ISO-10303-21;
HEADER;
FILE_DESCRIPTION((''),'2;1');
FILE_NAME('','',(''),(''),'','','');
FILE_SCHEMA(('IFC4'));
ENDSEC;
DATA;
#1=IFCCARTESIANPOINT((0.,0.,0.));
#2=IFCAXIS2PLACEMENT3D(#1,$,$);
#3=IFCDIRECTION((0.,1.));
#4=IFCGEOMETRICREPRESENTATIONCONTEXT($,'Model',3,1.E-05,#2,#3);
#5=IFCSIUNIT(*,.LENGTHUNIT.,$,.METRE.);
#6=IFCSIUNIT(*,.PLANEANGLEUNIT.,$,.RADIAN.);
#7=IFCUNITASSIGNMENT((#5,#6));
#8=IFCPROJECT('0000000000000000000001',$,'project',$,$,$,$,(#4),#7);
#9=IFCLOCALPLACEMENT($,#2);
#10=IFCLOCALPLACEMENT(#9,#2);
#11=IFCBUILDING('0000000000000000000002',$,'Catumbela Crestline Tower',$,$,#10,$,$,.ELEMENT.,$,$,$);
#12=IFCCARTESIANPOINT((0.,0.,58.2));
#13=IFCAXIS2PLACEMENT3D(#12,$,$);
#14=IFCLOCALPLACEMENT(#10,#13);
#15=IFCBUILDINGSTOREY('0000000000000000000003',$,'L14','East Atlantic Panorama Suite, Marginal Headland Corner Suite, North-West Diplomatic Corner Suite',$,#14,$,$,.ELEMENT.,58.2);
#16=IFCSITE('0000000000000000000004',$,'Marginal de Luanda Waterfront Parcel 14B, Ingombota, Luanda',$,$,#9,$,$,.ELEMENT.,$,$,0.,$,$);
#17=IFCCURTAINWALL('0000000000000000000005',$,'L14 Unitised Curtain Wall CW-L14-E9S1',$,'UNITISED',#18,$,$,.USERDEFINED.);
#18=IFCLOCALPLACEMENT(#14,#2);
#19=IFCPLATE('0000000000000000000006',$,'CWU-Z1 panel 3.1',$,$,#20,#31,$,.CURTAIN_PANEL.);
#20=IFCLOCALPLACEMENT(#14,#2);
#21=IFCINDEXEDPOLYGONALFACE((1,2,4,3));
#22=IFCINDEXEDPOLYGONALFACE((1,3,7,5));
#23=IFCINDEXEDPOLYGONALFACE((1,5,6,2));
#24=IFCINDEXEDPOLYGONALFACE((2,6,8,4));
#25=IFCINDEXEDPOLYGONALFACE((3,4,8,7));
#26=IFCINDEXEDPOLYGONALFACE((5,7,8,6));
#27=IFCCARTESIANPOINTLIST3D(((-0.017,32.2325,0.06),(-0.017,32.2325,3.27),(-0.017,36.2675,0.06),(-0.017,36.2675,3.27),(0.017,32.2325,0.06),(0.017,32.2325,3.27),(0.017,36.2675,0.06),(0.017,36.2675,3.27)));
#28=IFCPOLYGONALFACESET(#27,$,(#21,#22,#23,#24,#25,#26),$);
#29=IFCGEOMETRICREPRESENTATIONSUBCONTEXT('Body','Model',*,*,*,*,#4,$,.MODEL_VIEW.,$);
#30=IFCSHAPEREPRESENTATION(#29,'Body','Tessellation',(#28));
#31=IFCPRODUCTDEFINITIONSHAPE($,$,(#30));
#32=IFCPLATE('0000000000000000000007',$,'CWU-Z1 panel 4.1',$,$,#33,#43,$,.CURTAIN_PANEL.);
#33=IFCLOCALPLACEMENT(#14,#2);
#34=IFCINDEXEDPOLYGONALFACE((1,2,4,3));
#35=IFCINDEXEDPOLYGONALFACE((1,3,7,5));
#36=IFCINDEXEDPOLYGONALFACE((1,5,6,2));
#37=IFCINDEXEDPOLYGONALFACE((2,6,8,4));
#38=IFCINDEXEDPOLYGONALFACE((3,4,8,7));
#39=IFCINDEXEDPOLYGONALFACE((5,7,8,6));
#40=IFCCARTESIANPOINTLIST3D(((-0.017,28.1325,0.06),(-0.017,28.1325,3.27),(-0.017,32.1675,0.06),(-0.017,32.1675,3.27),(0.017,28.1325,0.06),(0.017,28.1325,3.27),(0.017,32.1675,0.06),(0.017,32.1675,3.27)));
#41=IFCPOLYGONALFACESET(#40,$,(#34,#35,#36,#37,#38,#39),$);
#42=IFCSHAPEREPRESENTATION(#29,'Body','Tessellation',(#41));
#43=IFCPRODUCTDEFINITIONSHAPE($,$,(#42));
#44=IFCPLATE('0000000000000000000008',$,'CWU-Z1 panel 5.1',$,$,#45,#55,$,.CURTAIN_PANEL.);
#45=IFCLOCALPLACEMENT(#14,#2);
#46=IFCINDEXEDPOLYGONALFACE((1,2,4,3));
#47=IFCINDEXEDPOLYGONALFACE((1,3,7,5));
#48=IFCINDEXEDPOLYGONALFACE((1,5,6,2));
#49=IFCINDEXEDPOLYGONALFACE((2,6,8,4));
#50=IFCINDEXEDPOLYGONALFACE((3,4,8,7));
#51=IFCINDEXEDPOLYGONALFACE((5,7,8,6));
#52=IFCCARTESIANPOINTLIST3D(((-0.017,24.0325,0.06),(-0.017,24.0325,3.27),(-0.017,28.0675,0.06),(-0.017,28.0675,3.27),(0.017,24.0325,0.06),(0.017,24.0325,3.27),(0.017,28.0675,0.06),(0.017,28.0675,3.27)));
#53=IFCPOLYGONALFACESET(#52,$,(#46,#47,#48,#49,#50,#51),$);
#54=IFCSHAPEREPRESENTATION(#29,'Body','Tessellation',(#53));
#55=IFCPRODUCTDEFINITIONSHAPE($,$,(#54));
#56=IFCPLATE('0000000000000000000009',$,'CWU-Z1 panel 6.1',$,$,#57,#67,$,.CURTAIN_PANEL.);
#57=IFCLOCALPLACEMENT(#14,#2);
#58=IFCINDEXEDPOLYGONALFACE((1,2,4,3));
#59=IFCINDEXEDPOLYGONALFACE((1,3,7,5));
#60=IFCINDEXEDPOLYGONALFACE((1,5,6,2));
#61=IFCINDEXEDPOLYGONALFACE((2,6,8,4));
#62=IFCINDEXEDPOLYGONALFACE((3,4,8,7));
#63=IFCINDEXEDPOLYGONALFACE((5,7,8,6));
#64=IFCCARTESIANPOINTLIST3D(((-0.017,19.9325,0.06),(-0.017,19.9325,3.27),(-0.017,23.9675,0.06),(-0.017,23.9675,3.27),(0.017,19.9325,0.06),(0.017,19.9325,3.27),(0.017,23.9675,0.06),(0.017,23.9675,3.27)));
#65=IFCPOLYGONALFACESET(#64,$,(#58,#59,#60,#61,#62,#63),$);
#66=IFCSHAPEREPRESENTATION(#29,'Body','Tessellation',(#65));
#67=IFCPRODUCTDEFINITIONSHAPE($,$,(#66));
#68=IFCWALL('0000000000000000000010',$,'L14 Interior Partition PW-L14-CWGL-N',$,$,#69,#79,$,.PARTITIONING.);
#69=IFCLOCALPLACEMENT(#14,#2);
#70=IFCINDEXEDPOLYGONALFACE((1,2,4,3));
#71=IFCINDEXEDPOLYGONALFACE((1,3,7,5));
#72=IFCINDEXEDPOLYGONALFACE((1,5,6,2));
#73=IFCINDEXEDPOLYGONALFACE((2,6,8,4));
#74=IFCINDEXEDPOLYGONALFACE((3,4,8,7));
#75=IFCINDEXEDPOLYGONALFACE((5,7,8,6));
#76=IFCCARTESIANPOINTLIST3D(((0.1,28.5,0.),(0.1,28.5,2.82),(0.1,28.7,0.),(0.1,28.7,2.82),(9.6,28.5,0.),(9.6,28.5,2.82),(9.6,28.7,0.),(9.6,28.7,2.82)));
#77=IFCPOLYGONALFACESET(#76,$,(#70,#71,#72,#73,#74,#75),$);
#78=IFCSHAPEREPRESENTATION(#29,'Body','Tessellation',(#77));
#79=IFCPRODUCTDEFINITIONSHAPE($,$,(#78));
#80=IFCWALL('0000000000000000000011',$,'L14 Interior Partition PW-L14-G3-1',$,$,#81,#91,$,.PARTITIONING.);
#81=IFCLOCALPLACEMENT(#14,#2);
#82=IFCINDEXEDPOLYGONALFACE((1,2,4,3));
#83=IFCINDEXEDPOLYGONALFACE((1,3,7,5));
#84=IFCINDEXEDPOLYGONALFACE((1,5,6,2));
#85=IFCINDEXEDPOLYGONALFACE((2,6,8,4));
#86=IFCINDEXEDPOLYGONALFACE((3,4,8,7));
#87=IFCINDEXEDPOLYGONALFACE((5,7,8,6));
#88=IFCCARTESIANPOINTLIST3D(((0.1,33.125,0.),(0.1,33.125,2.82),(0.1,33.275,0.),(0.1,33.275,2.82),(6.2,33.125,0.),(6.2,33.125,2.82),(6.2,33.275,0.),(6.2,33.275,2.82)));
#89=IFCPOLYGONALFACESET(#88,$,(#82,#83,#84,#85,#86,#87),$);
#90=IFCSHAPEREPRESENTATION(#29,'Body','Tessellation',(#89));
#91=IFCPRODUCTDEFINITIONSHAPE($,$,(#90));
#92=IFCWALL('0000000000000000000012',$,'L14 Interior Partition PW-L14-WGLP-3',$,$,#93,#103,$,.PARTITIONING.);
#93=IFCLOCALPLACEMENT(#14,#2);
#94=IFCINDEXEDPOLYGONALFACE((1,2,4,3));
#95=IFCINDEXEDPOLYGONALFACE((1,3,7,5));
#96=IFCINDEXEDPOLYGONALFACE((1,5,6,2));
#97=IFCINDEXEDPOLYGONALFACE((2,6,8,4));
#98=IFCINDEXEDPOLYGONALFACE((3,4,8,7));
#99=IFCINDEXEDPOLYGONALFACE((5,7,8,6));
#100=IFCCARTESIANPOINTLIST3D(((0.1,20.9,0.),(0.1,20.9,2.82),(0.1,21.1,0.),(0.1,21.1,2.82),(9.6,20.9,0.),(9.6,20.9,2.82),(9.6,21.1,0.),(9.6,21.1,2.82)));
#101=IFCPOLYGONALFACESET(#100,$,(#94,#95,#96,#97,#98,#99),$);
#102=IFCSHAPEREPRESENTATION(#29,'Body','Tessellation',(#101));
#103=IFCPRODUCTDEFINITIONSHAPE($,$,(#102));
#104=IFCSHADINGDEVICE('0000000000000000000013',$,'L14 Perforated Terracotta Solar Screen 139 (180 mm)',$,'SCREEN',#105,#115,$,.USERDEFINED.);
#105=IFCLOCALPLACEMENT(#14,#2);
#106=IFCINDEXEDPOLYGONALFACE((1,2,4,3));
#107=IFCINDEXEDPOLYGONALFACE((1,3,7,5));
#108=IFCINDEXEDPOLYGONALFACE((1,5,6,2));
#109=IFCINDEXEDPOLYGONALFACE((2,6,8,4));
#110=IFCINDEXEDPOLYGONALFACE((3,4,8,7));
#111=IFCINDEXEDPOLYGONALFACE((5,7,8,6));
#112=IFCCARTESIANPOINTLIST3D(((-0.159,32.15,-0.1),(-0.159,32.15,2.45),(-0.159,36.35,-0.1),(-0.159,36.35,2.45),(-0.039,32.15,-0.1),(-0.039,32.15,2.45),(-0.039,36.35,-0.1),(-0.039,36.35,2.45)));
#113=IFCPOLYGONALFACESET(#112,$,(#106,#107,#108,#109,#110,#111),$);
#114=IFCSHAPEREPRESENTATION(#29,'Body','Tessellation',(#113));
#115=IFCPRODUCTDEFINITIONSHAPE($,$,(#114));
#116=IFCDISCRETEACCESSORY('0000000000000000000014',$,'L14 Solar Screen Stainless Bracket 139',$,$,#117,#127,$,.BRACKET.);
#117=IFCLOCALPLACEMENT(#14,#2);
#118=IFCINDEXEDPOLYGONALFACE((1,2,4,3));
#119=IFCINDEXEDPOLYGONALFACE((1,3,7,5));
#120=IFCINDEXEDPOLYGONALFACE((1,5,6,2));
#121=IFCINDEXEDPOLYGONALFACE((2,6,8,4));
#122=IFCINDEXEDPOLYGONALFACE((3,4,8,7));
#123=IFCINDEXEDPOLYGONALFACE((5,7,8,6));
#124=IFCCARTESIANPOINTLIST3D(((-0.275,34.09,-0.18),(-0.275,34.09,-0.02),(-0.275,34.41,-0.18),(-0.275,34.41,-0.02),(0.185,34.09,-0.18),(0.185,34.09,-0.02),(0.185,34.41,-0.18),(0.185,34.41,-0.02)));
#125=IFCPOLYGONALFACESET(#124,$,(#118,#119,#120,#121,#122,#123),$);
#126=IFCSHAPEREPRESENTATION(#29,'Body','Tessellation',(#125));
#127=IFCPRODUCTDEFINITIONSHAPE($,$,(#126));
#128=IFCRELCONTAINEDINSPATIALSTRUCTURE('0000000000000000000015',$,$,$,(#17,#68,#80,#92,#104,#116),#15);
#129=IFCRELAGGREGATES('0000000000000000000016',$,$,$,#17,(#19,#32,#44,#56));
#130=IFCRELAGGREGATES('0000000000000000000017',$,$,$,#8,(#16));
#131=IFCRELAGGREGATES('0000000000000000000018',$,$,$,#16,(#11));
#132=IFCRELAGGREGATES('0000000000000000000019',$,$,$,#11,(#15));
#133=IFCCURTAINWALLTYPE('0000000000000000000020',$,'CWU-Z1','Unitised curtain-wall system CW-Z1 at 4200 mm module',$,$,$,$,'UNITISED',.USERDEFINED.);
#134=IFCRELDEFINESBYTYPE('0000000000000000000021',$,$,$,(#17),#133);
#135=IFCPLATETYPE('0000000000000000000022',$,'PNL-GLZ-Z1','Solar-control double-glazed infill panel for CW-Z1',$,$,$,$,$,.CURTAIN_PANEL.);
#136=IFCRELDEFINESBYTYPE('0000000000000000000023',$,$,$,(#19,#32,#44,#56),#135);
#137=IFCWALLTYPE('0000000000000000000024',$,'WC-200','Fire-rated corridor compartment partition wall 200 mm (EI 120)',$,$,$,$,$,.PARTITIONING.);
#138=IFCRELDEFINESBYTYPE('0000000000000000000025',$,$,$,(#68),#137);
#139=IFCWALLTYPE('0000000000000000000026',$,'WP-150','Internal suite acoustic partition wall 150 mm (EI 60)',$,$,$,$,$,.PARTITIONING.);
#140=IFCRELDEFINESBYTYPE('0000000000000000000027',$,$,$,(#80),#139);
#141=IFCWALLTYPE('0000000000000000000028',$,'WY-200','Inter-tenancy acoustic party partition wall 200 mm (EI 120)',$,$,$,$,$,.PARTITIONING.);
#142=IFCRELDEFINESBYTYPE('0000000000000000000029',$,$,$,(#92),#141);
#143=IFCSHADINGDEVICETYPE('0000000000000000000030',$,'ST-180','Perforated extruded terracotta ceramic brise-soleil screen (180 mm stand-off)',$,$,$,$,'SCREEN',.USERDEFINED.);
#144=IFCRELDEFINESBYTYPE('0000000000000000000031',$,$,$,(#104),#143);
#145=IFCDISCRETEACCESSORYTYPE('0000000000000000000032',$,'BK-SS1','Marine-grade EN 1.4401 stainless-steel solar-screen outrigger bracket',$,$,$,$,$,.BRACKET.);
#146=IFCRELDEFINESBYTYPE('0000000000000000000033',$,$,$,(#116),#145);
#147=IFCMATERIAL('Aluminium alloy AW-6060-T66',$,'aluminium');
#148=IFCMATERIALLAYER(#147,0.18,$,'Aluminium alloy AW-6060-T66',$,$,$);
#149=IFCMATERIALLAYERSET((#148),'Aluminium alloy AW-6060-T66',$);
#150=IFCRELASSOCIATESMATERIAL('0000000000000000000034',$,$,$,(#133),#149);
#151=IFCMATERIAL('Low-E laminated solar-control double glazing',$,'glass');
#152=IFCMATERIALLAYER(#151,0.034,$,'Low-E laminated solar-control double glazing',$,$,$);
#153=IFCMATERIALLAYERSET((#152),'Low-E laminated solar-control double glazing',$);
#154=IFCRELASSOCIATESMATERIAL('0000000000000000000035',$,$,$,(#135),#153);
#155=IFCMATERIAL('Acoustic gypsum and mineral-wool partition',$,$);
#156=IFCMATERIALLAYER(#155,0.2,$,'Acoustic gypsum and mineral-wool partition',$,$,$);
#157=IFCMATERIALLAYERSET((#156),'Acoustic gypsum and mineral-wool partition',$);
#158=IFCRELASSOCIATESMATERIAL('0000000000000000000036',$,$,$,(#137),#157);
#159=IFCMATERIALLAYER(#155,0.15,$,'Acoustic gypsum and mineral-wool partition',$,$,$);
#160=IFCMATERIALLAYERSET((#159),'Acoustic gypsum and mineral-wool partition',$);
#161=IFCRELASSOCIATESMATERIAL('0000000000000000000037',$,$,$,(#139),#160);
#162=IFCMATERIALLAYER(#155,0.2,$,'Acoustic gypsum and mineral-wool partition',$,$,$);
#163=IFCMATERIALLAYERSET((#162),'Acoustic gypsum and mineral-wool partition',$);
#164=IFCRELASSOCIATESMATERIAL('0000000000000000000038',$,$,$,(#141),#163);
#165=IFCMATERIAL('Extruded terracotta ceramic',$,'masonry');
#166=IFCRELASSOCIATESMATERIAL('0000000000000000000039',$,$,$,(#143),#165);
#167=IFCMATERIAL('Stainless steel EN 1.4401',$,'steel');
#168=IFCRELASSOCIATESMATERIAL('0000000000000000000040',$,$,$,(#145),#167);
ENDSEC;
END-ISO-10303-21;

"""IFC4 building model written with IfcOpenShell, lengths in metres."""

from ifc_helpers import new_model, si_unit, direction, frame, frame_2d, origin, origin_2d, place, context, subcontext, project, spatial, rectangle, extrude, material, layer, layer_set, type_object, element, aggregate, save


model = new_model("IFC4")

# Units and contexts
model_context = context("Model", 3, precision=1e-05, world=origin(), true_north=direction((0.0, 1.0)))
body_context = subcontext(model_context, "Body", "Model", "MODEL_VIEW")
ifc_project = project(units=[si_unit("LENGTHUNIT", "METRE"), si_unit("PLANEANGLEUNIT", "RADIAN")], contexts=[model_context])

# Site, building, storey
site_placement = place(None, origin())
site = spatial("IfcSite", under=ifc_project, at=site_placement, Name="Marginal de Luanda Waterfront Parcel 14B, Ingombota, Luanda", CompositionType="ELEMENT", RefElevation=0.0)
building_placement = place(site_placement, origin())
building = spatial("IfcBuilding", under=site, at=building_placement, Name="Catumbela Crestline Tower", CompositionType="ELEMENT")
storey_placement = place(building_placement, frame((0.0, 0.0, 58.2)))
storey = spatial("IfcBuildingStorey", under=building, at=storey_placement, Name="L14", Description="East Atlantic Panorama Suite, Marginal Headland Corner Suite, North-West Diplomatic Corner Suite", CompositionType="ELEMENT", Elevation=58.2)

# Curtain wall
ifc_material_1 = material(Name="Aluminium alloy AW-6060-T66", Category="aluminium")
ifc_layer_1 = layer(ifc_material_1, 0.18, Name="Aluminium alloy AW-6060-T66")
ifc_layer_set_1 = layer_set([ifc_layer_1], Name="Aluminium alloy AW-6060-T66")
curtain_wall_type = type_object("IfcCurtainWallType", Name="CWU-Z1", Description="Unitised curtain-wall system CW-Z1 at 4200 mm module", ElementType="UNITISED", PredefinedType="USERDEFINED", material=ifc_layer_set_1)
curtain_wall_placement = place(storey_placement, origin())
curtain_wall = element("IfcCurtainWall", 1, at=curtain_wall_placement, inside=storey, type_object=curtain_wall_type, Name="L14 Unitised Curtain Wall CW-L14-E9S1", ObjectType="UNITISED", PredefinedType="USERDEFINED")

# Plates
ifc_material_2 = material(Name="Low-E laminated solar-control double glazing", Category="glass")
ifc_layer_2 = layer(ifc_material_2, 0.034, Name="Low-E laminated solar-control double glazing")
ifc_layer_set_2 = layer_set([ifc_layer_2], Name="Low-E laminated solar-control double glazing")
plate_type = type_object("IfcPlateType", Name="PNL-GLZ-Z1", Description="Solar-control double-glazed infill panel for CW-Z1", PredefinedType="CURTAIN_PANEL", material=ifc_layer_set_2)
plate_1_placement = place(storey_placement, frame((0.0, 34.25, 0.06), z_axis=(0.0, 0.0, 1.0), x_axis=(0.0, -1.0, 0.0)))
plate_1 = element("IfcPlate", 2, at=plate_1_placement, type_object=plate_type, Name="CWU-Z1 panel 3.1", PredefinedType="CURTAIN_PANEL", context=body_context, shape_type="SweptSolid", body=[
    extrude(rectangle(XDim=4.035, YDim=0.034, at=origin_2d()), origin(), (0.0, 0.0, 1.0), 3.21),
])
plate_2_placement = place(storey_placement, frame((0.0, 30.15, 0.06), z_axis=(0.0, 0.0, 1.0), x_axis=(0.0, -1.0, 0.0)))
plate_2 = element("IfcPlate", 3, at=plate_2_placement, type_object=plate_type, Name="CWU-Z1 panel 4.1", PredefinedType="CURTAIN_PANEL", context=body_context, shape_type="SweptSolid", body=[
    extrude(rectangle(XDim=4.035, YDim=0.034, at=origin_2d()), origin(), (0.0, 0.0, 1.0), 3.21),
])
plate_3_placement = place(storey_placement, frame((0.0, 26.05, 0.06), z_axis=(0.0, 0.0, 1.0), x_axis=(0.0, -1.0, 0.0)))
plate_3 = element("IfcPlate", 4, at=plate_3_placement, type_object=plate_type, Name="CWU-Z1 panel 5.1", PredefinedType="CURTAIN_PANEL", context=body_context, shape_type="SweptSolid", body=[
    extrude(rectangle(XDim=4.035, YDim=0.034, at=origin_2d()), origin(), (0.0, 0.0, 1.0), 3.21),
])
plate_4_placement = place(storey_placement, frame((0.0, 21.95, 0.06), z_axis=(0.0, 0.0, 1.0), x_axis=(0.0, -1.0, 0.0)))
plate_4 = element("IfcPlate", 5, at=plate_4_placement, type_object=plate_type, Name="CWU-Z1 panel 6.1", PredefinedType="CURTAIN_PANEL", context=body_context, shape_type="SweptSolid", body=[
    extrude(rectangle(XDim=4.035, YDim=0.034, at=origin_2d()), origin(), (0.0, 0.0, 1.0), 3.21),
])
aggregate(curtain_wall, [plate_1, plate_2, plate_3, plate_4])

# Walls
ifc_material_3 = material(Name="Acoustic gypsum and mineral-wool partition")
ifc_layer_3 = layer(ifc_material_3, 0.2, Name="Acoustic gypsum and mineral-wool partition")
ifc_layer_set_3 = layer_set([ifc_layer_3], Name="Acoustic gypsum and mineral-wool partition")
wall_type_1 = type_object("IfcWallType", Name="WC-200", Description="Fire-rated corridor compartment partition wall 200 mm (EI 120)", PredefinedType="PARTITIONING", material=ifc_layer_set_3)
wall_1_placement = place(storey_placement, frame((0.1, 28.6, 0.0), z_axis=(0.0, 0.0, 1.0), x_axis=(1.0, 0.0, 0.0)))
element("IfcWall", 6, at=wall_1_placement, inside=storey, type_object=wall_type_1, Name="L14 Interior Partition PW-L14-CWGL-N", PredefinedType="PARTITIONING", context=body_context, shape_type="SweptSolid", body=[
    extrude(rectangle(XDim=9.5, YDim=0.2, at=frame_2d((4.75, 0.0))), origin(), (0.0, 0.0, 1.0), 2.82),
])
ifc_layer_4 = layer(ifc_material_3, 0.15, Name="Acoustic gypsum and mineral-wool partition")
ifc_layer_set_4 = layer_set([ifc_layer_4], Name="Acoustic gypsum and mineral-wool partition")
wall_type_2 = type_object("IfcWallType", Name="WP-150", Description="Internal suite acoustic partition wall 150 mm (EI 60)", PredefinedType="PARTITIONING", material=ifc_layer_set_4)
wall_2_placement = place(storey_placement, frame((0.1, 33.2, 0.0), z_axis=(0.0, 0.0, 1.0), x_axis=(1.0, 0.0, 0.0)))
element("IfcWall", 7, at=wall_2_placement, inside=storey, type_object=wall_type_2, Name="L14 Interior Partition PW-L14-G3-1", PredefinedType="PARTITIONING", context=body_context, shape_type="SweptSolid", body=[
    extrude(rectangle(XDim=6.1, YDim=0.15, at=frame_2d((3.05, 0.0))), origin(), (0.0, 0.0, 1.0), 2.82),
])
ifc_layer_5 = layer(ifc_material_3, 0.2, Name="Acoustic gypsum and mineral-wool partition")
ifc_layer_set_5 = layer_set([ifc_layer_5], Name="Acoustic gypsum and mineral-wool partition")
wall_type_3 = type_object("IfcWallType", Name="WY-200", Description="Inter-tenancy acoustic party partition wall 200 mm (EI 120)", PredefinedType="PARTITIONING", material=ifc_layer_set_5)
wall_3_placement = place(storey_placement, frame((0.1, 21.0, 0.0), z_axis=(0.0, 0.0, 1.0), x_axis=(1.0, 0.0, 0.0)))
element("IfcWall", 8, at=wall_3_placement, inside=storey, type_object=wall_type_3, Name="L14 Interior Partition PW-L14-WGLP-3", PredefinedType="PARTITIONING", context=body_context, shape_type="SweptSolid", body=[
    extrude(rectangle(XDim=9.5, YDim=0.2, at=frame_2d((4.75, 0.0))), origin(), (0.0, 0.0, 1.0), 2.82),
])

# Shading device
ifc_material_4 = material(Name="Extruded terracotta ceramic", Category="masonry")
shading_device_type = type_object("IfcShadingDeviceType", Name="ST-180", Description="Perforated extruded terracotta ceramic brise-soleil screen (180 mm stand-off)", ElementType="SCREEN", PredefinedType="USERDEFINED", material=ifc_material_4)
shading_device_placement = place(storey_placement, frame((-0.099, 34.25, -0.1), z_axis=(0.0, 0.0, 1.0), x_axis=(0.0, -1.0, 0.0)))
element("IfcShadingDevice", 9, at=shading_device_placement, inside=storey, type_object=shading_device_type, Name="L14 Perforated Terracotta Solar Screen 139 (180 mm)", ObjectType="SCREEN", PredefinedType="USERDEFINED", context=body_context, shape_type="SweptSolid", body=[
    extrude(rectangle(XDim=4.2, YDim=0.12, at=origin_2d()), origin(), (0.0, 0.0, 1.0), 2.55),
])

# Discrete accessory
ifc_material_5 = material(Name="Stainless steel EN 1.4401", Category="steel")
discrete_accessory_type = type_object("IfcDiscreteAccessoryType", Name="BK-SS1", Description="Marine-grade EN 1.4401 stainless-steel solar-screen outrigger bracket", PredefinedType="BRACKET", material=ifc_material_5)
discrete_accessory_placement = place(storey_placement, frame((-0.045, 34.25, -0.18), z_axis=(0.0, 0.0, 1.0), x_axis=(0.0, -1.0, 0.0)))
element("IfcDiscreteAccessory", 10, at=discrete_accessory_placement, inside=storey, type_object=discrete_accessory_type, Name="L14 Solar Screen Stainless Bracket 139", PredefinedType="BRACKET", context=body_context, shape_type="SweptSolid", body=[
    extrude(rectangle(XDim=0.32, YDim=0.46, at=origin_2d()), origin(), (0.0, 0.0, 1.0), 0.16),
])

save(model, "model.ifc")
